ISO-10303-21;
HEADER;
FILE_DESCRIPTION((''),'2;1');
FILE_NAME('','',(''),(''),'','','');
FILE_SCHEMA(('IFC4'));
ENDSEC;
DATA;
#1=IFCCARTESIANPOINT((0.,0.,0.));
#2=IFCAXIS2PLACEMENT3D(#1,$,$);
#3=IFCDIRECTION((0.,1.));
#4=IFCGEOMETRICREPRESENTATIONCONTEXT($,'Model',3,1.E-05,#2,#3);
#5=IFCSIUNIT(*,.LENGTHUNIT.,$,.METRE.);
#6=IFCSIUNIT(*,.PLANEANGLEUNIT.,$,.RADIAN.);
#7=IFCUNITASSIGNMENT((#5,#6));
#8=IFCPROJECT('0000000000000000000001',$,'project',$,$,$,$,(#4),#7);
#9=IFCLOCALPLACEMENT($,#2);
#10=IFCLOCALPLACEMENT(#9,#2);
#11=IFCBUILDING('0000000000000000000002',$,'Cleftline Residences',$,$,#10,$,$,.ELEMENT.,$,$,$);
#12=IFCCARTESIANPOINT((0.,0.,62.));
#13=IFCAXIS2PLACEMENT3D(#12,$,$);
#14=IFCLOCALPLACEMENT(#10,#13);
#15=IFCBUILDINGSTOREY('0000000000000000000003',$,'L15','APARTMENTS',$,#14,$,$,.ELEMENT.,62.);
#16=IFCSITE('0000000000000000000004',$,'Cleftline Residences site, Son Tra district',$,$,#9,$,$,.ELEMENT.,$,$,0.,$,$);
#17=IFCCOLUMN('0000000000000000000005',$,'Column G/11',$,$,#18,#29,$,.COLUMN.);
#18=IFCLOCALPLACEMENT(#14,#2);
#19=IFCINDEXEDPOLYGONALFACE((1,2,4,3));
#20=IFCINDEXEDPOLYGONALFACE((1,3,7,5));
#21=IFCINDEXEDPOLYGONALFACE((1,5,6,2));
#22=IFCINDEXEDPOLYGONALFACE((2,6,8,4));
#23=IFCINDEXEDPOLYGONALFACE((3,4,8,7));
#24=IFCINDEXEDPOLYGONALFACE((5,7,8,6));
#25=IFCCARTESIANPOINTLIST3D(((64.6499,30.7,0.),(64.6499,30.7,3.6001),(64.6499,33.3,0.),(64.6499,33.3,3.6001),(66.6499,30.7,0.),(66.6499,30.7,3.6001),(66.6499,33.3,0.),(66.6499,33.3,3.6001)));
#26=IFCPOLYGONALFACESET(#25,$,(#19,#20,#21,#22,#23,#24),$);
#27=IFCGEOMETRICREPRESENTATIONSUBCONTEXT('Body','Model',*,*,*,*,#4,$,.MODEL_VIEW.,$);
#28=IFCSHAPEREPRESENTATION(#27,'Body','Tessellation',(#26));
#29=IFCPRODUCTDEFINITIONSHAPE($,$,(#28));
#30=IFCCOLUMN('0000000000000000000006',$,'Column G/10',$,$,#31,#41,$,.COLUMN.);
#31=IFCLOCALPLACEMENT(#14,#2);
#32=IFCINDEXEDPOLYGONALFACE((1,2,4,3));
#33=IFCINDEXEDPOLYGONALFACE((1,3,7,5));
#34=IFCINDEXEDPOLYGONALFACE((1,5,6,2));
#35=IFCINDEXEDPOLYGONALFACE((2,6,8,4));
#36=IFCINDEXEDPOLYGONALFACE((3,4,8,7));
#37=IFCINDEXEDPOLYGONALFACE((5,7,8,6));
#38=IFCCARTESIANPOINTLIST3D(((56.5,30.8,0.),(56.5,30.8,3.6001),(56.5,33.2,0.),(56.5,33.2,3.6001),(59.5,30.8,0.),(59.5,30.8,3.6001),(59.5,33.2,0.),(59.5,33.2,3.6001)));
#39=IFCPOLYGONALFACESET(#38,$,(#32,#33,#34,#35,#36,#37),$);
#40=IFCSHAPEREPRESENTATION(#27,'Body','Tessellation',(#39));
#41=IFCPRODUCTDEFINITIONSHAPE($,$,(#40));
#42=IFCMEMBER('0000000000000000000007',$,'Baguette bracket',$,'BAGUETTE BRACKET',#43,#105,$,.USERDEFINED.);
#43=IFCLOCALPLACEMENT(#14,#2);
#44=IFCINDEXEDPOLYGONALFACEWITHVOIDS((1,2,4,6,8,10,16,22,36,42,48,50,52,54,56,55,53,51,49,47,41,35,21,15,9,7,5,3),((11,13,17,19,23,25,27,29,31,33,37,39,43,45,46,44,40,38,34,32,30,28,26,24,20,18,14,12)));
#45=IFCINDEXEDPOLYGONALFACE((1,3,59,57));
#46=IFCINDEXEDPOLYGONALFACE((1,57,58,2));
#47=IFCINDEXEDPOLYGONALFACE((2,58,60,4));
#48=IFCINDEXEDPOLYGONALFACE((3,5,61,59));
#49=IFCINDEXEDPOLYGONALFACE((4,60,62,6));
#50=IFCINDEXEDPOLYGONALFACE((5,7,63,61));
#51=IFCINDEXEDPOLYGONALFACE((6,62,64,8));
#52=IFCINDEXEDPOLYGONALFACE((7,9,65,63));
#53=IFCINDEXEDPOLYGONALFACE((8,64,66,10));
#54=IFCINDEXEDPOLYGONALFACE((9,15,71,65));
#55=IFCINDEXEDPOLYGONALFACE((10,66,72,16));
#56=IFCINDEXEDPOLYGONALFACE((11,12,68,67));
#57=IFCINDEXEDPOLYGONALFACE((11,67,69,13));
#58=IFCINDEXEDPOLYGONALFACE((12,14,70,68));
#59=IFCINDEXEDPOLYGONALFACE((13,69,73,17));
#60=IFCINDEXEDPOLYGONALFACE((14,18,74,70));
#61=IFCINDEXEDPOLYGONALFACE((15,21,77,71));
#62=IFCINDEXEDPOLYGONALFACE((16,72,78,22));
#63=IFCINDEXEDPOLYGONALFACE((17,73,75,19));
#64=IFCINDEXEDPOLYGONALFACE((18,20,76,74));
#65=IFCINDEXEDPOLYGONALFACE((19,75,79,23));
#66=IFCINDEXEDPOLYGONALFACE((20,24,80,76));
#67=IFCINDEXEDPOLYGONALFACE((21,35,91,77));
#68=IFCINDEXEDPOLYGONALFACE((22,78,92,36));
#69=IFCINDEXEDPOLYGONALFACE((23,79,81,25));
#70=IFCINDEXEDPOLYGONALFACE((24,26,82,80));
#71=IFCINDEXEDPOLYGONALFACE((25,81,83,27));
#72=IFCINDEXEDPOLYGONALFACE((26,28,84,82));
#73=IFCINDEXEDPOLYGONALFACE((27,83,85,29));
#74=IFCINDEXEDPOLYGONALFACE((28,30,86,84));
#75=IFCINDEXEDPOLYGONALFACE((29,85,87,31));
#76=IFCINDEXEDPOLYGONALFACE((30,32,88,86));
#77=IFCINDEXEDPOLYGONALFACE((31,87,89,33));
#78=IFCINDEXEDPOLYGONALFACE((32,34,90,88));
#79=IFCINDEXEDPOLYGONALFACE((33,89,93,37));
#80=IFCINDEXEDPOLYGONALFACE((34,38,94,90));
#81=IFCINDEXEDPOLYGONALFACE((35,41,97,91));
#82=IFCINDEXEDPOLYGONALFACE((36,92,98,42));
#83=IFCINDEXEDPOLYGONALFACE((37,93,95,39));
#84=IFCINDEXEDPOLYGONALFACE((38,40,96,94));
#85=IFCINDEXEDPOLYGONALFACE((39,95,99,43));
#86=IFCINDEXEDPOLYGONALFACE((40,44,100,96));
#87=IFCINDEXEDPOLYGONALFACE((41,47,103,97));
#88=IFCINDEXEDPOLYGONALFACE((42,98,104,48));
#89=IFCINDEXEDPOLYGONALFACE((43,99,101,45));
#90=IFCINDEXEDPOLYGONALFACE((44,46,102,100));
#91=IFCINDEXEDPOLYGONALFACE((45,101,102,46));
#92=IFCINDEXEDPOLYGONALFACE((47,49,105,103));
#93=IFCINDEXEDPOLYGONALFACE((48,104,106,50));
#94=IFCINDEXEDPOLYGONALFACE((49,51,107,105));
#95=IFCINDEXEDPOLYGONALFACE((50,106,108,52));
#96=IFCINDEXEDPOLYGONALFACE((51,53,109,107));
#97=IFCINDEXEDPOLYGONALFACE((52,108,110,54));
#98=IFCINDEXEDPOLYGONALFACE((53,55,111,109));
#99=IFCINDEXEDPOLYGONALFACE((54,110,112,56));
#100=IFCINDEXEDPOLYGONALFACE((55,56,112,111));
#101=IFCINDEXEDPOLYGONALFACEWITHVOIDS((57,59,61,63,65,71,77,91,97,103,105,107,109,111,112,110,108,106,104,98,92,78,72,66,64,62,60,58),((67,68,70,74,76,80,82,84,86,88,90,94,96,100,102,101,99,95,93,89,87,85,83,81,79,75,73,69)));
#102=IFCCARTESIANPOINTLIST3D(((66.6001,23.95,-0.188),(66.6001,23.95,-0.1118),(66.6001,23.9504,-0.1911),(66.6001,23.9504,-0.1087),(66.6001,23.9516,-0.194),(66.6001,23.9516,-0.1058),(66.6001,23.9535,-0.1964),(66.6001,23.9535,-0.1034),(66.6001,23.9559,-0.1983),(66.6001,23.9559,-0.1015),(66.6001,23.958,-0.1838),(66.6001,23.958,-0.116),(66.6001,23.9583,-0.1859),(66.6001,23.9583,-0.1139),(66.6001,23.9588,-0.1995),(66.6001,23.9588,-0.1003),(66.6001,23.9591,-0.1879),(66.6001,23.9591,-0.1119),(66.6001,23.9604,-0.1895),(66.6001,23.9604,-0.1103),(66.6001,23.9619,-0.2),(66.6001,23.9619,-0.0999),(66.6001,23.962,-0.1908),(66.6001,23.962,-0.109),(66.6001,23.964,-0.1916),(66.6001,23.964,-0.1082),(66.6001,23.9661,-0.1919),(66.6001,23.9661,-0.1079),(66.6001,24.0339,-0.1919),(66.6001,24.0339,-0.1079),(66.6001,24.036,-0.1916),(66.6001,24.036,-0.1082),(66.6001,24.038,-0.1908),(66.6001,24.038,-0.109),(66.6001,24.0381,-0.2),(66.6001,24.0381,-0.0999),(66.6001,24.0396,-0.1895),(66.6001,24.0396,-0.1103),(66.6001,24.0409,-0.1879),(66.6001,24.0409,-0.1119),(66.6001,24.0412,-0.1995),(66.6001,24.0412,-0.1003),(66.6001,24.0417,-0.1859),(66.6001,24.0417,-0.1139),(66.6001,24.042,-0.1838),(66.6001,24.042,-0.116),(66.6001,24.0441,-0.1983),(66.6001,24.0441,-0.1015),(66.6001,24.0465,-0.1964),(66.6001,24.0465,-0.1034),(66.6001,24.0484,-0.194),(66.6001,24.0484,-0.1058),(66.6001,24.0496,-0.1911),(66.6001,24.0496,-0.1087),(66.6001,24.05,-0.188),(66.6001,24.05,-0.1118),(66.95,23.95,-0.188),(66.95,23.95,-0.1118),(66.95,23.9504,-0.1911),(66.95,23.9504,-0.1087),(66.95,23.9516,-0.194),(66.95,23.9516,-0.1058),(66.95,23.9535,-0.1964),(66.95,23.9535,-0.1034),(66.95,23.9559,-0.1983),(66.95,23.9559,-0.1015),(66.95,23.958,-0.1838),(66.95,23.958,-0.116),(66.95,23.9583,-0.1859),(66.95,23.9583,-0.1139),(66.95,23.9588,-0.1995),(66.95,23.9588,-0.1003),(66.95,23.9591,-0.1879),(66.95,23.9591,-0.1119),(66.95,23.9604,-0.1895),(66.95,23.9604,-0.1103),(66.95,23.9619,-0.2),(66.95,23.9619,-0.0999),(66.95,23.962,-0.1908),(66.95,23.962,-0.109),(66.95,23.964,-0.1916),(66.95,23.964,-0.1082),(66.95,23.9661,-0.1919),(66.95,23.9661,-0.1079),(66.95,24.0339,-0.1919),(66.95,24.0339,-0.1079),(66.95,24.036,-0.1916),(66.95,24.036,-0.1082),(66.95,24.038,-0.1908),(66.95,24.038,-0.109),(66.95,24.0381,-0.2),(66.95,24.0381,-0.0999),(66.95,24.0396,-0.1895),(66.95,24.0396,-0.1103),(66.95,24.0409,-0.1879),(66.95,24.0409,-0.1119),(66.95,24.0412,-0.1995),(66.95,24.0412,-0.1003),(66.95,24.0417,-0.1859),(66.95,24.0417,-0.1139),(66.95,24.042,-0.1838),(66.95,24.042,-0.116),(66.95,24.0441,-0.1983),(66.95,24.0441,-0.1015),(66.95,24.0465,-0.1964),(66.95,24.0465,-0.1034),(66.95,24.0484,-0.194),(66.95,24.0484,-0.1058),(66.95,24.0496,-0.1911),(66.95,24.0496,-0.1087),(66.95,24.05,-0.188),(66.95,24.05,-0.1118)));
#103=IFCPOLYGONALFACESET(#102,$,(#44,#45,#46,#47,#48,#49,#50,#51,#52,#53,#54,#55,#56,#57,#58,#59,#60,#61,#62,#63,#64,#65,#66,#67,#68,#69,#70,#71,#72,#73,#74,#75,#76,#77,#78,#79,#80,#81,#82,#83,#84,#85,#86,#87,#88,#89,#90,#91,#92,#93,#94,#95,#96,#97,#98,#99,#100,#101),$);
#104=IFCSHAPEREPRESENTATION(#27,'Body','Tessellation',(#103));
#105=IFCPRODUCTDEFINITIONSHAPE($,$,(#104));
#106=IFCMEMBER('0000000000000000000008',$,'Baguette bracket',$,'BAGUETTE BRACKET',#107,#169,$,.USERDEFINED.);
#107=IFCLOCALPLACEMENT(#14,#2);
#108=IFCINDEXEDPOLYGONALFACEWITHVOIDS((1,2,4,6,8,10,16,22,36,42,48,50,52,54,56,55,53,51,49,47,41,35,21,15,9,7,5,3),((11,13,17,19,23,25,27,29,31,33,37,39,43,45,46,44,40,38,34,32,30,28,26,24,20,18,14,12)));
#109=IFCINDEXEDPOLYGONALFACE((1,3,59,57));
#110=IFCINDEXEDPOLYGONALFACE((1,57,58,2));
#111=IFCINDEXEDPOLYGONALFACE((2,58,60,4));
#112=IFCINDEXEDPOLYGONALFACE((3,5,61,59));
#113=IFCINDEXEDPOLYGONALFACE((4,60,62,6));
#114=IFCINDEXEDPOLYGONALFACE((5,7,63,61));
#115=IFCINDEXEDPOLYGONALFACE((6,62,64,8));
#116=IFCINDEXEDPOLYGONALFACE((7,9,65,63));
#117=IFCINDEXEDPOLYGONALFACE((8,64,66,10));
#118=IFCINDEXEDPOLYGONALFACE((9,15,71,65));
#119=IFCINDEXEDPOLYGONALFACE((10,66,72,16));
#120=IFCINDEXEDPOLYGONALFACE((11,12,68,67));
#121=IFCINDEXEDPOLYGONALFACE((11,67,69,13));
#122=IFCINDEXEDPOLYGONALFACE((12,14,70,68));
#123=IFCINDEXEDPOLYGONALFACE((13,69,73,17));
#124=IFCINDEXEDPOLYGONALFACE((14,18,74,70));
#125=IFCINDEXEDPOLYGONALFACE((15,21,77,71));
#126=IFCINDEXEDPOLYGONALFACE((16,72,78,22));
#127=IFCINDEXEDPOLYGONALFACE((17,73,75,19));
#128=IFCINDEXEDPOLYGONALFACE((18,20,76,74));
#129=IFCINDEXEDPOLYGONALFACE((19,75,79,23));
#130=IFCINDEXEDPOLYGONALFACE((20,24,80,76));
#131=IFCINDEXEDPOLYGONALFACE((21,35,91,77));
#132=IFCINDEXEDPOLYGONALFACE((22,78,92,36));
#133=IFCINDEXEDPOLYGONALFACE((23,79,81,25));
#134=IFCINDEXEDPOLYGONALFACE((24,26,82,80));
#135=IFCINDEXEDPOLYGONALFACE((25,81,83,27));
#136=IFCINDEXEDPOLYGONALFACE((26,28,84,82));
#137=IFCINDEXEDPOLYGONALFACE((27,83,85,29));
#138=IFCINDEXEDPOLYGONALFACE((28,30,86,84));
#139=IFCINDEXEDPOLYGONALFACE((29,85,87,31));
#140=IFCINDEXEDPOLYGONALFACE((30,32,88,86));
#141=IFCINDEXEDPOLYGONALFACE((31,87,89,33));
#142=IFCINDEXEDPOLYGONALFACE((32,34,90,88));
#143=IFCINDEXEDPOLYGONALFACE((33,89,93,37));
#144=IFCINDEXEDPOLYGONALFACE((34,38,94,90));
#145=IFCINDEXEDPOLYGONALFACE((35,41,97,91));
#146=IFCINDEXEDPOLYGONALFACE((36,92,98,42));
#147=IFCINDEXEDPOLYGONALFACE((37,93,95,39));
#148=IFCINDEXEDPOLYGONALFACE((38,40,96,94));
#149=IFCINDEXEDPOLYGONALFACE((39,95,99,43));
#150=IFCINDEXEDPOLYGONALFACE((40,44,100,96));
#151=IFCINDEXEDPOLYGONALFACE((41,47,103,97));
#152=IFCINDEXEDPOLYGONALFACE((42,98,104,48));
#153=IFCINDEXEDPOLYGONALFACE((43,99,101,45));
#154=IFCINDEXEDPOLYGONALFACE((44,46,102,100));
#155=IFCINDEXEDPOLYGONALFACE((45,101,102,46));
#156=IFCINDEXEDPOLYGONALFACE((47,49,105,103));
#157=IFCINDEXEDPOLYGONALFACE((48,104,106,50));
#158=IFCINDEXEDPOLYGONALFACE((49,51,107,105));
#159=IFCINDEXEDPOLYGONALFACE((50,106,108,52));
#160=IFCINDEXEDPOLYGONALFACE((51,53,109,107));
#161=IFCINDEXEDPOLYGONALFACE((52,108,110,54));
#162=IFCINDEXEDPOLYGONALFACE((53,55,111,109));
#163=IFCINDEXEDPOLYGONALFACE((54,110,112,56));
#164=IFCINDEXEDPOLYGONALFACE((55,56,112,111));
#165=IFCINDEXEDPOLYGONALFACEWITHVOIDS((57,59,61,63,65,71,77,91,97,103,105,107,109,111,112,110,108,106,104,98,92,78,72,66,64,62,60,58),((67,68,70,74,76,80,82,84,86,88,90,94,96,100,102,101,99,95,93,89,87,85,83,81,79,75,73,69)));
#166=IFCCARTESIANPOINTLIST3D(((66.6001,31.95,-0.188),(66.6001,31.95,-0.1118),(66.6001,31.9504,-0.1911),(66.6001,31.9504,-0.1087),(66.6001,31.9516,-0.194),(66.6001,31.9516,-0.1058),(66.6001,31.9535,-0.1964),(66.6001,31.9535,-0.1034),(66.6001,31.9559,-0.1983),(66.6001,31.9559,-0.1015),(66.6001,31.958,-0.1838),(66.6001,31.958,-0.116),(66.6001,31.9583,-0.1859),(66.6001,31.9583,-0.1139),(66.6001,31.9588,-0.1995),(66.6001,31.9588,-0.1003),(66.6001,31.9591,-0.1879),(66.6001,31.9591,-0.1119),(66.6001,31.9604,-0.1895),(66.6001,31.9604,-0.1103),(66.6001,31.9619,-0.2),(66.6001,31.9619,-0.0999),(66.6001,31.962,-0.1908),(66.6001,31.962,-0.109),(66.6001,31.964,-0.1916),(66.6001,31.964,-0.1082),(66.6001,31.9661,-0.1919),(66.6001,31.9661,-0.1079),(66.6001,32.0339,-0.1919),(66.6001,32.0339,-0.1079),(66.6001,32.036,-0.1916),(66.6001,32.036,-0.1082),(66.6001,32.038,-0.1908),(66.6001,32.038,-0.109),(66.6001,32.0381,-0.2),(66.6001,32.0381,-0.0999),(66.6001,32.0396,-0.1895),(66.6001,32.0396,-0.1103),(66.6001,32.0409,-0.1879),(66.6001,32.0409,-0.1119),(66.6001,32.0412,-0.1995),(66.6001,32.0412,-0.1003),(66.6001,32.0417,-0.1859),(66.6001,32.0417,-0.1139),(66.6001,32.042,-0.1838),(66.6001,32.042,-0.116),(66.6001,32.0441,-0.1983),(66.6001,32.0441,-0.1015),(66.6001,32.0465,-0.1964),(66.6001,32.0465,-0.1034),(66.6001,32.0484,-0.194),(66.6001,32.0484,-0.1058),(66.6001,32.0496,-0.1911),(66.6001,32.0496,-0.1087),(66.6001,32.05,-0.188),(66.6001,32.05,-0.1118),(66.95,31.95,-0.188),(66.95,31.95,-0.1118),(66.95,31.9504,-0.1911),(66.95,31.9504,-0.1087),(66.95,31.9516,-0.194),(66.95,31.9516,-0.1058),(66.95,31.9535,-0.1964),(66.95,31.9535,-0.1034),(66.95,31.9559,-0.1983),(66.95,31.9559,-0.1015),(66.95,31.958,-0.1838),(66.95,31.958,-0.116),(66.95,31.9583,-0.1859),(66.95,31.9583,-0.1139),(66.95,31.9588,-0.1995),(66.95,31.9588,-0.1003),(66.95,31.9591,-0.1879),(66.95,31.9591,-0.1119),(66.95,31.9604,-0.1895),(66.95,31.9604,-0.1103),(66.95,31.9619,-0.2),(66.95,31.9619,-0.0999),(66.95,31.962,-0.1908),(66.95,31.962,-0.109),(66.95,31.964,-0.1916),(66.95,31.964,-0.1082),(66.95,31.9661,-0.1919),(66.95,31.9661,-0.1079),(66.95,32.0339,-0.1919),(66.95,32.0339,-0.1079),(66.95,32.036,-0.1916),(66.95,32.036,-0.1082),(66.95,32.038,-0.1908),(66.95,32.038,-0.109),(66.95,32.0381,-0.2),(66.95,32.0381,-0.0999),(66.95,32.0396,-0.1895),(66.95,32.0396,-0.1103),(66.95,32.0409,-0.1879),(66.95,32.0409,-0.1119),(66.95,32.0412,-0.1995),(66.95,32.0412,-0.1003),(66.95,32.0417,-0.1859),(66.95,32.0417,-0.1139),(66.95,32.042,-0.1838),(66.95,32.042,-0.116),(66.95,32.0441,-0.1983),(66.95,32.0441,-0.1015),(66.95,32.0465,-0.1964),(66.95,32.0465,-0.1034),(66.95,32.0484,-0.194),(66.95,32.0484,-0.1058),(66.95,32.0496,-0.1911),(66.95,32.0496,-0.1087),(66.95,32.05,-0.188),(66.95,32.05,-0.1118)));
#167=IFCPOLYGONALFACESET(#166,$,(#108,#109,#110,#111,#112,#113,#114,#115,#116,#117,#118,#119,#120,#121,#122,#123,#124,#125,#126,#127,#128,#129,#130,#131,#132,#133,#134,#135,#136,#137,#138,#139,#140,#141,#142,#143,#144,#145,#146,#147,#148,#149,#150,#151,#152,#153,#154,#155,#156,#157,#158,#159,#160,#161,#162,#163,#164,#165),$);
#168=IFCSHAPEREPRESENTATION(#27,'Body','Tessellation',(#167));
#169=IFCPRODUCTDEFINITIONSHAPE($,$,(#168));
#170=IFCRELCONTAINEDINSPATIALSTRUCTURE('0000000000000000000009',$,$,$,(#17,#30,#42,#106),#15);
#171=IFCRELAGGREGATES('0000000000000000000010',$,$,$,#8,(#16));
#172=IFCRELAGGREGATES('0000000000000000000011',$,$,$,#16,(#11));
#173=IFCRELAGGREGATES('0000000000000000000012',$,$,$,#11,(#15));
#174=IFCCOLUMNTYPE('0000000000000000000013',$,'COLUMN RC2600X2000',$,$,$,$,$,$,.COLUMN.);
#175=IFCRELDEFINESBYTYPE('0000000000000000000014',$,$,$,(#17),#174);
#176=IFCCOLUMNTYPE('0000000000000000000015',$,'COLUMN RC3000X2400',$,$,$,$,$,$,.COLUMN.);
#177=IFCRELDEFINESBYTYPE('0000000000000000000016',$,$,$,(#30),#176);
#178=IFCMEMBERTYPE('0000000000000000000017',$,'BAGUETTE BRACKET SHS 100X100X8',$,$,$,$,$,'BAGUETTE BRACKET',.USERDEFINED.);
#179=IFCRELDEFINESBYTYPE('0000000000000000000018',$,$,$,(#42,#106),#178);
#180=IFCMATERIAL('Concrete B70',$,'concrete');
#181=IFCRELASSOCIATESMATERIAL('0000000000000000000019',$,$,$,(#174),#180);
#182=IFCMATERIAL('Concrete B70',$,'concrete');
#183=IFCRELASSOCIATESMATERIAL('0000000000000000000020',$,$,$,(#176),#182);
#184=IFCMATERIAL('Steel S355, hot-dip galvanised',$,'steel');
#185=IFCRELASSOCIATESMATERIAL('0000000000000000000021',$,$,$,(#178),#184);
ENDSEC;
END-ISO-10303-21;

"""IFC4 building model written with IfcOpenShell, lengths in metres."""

from ifc_helpers import new_model, si_unit, direction, frame, origin, origin_2d, place, context, subcontext, project, spatial, rectangle, hollow_rectangle, extrude, material, material_profile, profile_set, type_object, element, save


model = new_model("IFC4")

# Units and contexts
model_context = context("Model", 3, precision=1e-05, world=origin(), true_north=direction((0.0, 1.0)))
body_context = subcontext(model_context, "Body", "Model", "MODEL_VIEW")
ifc_project = project(units=[si_unit("LENGTHUNIT", "METRE"), si_unit("PLANEANGLEUNIT", "RADIAN")], contexts=[model_context])

# Site, building, storey
site_placement = place(None, origin())
site = spatial("IfcSite", under=ifc_project, at=site_placement, Name="Cleftline Residences site, Son Tra district", CompositionType="ELEMENT", RefElevation=0.0)
building_placement = place(site_placement, origin())
building = spatial("IfcBuilding", under=site, at=building_placement, Name="Cleftline Residences", CompositionType="ELEMENT")
storey_placement = place(building_placement, frame((0.0, 0.0, 62.0)))
storey = spatial("IfcBuildingStorey", under=building, at=storey_placement, Name="L15", Description="APARTMENTS", CompositionType="ELEMENT", Elevation=62.0)

# Columns
ifc_material_1 = material(Name="Concrete B70", Category="concrete")
ifc_material_profile_1 = material_profile(ifc_material_1, rectangle(XDim=2.6001, YDim=2.0, at=origin_2d()))
ifc_profile_set_1 = profile_set([ifc_material_profile_1], Name="Concrete B70")
column_type_1 = type_object("IfcColumnType", Name="COLUMN RC2600X2000", PredefinedType="COLUMN", material=ifc_profile_set_1)
column_1_placement = place(storey_placement, frame((65.6499, 32.0, 0.0), z_axis=(0.0, 0.0, 1.0), x_axis=(0.0, 1.0, 0.0)))
element("IfcColumn", 1, at=column_1_placement, inside=storey, type_object=column_type_1, Name="Column G/11", PredefinedType="COLUMN", context=body_context, shape_type="SweptSolid", body=[
    extrude(rectangle(XDim=2.6001, YDim=2.0, at=origin_2d()), origin(), (0.0, 0.0, 1.0), 3.6001),
])
ifc_material_2 = material(Name="Concrete B70", Category="concrete")
ifc_material_profile_2 = material_profile(ifc_material_2, rectangle(XDim=3.0, YDim=2.3999, at=origin_2d()))
ifc_profile_set_2 = profile_set([ifc_material_profile_2], Name="Concrete B70")
column_type_2 = type_object("IfcColumnType", Name="COLUMN RC3000X2400", PredefinedType="COLUMN", material=ifc_profile_set_2)
column_2_placement = place(storey_placement, frame((58.0, 32.0, 0.0), z_axis=(0.0, 0.0, 1.0), x_axis=(1.0, 0.0, 0.0)))
element("IfcColumn", 2, at=column_2_placement, inside=storey, type_object=column_type_2, Name="Column G/10", PredefinedType="COLUMN", context=body_context, shape_type="SweptSolid", body=[
    extrude(rectangle(XDim=3.0, YDim=2.3999, at=origin_2d()), origin(), (0.0, 0.0, 1.0), 3.6001),
])

# Members
ifc_material_3 = material(Name="Steel S355, hot-dip galvanised", Category="steel")
ifc_material_profile_3 = material_profile(ifc_material_3, hollow_rectangle(XDim=0.1001, YDim=0.1001, WallThickness=0.0081, InnerFilletRadius=0.0081, OuterFilletRadius=0.012, at=origin_2d()))
ifc_profile_set_3 = profile_set([ifc_material_profile_3], Name="Steel S355, hot-dip galvanised")
member_type_1 = type_object("IfcMemberType", Name="BAGUETTE BRACKET SHS 100X100X8", ElementType="BAGUETTE BRACKET", PredefinedType="USERDEFINED", material=ifc_profile_set_3)
for number, where, z_axis, x_axis, name in (
    (3, (66.6001, 24.0, -0.1499), (1.0, 0.0, 0.0), (0.0, 1.0, 0.0), "Baguette bracket"),
    (4, (66.6001, 32.0, -0.1499), (1.0, 0.0, 0.0), (0.0, 1.0, 0.0), "Baguette bracket"),
):
    element("IfcMember", number, at=place(storey_placement, frame(where, z_axis=z_axis, x_axis=x_axis)), inside=storey, type_object=member_type_1, Name=name, ObjectType="BAGUETTE BRACKET", PredefinedType="USERDEFINED", context=body_context, shape_type="SweptSolid", body=[
        extrude(hollow_rectangle(XDim=0.1001, YDim=0.1001, WallThickness=0.0081, InnerFilletRadius=0.0081, OuterFilletRadius=0.012, at=origin_2d()), origin(), (0.0, 0.0, 1.0), 0.3499),
    ])

save(model, "model.ifc")
